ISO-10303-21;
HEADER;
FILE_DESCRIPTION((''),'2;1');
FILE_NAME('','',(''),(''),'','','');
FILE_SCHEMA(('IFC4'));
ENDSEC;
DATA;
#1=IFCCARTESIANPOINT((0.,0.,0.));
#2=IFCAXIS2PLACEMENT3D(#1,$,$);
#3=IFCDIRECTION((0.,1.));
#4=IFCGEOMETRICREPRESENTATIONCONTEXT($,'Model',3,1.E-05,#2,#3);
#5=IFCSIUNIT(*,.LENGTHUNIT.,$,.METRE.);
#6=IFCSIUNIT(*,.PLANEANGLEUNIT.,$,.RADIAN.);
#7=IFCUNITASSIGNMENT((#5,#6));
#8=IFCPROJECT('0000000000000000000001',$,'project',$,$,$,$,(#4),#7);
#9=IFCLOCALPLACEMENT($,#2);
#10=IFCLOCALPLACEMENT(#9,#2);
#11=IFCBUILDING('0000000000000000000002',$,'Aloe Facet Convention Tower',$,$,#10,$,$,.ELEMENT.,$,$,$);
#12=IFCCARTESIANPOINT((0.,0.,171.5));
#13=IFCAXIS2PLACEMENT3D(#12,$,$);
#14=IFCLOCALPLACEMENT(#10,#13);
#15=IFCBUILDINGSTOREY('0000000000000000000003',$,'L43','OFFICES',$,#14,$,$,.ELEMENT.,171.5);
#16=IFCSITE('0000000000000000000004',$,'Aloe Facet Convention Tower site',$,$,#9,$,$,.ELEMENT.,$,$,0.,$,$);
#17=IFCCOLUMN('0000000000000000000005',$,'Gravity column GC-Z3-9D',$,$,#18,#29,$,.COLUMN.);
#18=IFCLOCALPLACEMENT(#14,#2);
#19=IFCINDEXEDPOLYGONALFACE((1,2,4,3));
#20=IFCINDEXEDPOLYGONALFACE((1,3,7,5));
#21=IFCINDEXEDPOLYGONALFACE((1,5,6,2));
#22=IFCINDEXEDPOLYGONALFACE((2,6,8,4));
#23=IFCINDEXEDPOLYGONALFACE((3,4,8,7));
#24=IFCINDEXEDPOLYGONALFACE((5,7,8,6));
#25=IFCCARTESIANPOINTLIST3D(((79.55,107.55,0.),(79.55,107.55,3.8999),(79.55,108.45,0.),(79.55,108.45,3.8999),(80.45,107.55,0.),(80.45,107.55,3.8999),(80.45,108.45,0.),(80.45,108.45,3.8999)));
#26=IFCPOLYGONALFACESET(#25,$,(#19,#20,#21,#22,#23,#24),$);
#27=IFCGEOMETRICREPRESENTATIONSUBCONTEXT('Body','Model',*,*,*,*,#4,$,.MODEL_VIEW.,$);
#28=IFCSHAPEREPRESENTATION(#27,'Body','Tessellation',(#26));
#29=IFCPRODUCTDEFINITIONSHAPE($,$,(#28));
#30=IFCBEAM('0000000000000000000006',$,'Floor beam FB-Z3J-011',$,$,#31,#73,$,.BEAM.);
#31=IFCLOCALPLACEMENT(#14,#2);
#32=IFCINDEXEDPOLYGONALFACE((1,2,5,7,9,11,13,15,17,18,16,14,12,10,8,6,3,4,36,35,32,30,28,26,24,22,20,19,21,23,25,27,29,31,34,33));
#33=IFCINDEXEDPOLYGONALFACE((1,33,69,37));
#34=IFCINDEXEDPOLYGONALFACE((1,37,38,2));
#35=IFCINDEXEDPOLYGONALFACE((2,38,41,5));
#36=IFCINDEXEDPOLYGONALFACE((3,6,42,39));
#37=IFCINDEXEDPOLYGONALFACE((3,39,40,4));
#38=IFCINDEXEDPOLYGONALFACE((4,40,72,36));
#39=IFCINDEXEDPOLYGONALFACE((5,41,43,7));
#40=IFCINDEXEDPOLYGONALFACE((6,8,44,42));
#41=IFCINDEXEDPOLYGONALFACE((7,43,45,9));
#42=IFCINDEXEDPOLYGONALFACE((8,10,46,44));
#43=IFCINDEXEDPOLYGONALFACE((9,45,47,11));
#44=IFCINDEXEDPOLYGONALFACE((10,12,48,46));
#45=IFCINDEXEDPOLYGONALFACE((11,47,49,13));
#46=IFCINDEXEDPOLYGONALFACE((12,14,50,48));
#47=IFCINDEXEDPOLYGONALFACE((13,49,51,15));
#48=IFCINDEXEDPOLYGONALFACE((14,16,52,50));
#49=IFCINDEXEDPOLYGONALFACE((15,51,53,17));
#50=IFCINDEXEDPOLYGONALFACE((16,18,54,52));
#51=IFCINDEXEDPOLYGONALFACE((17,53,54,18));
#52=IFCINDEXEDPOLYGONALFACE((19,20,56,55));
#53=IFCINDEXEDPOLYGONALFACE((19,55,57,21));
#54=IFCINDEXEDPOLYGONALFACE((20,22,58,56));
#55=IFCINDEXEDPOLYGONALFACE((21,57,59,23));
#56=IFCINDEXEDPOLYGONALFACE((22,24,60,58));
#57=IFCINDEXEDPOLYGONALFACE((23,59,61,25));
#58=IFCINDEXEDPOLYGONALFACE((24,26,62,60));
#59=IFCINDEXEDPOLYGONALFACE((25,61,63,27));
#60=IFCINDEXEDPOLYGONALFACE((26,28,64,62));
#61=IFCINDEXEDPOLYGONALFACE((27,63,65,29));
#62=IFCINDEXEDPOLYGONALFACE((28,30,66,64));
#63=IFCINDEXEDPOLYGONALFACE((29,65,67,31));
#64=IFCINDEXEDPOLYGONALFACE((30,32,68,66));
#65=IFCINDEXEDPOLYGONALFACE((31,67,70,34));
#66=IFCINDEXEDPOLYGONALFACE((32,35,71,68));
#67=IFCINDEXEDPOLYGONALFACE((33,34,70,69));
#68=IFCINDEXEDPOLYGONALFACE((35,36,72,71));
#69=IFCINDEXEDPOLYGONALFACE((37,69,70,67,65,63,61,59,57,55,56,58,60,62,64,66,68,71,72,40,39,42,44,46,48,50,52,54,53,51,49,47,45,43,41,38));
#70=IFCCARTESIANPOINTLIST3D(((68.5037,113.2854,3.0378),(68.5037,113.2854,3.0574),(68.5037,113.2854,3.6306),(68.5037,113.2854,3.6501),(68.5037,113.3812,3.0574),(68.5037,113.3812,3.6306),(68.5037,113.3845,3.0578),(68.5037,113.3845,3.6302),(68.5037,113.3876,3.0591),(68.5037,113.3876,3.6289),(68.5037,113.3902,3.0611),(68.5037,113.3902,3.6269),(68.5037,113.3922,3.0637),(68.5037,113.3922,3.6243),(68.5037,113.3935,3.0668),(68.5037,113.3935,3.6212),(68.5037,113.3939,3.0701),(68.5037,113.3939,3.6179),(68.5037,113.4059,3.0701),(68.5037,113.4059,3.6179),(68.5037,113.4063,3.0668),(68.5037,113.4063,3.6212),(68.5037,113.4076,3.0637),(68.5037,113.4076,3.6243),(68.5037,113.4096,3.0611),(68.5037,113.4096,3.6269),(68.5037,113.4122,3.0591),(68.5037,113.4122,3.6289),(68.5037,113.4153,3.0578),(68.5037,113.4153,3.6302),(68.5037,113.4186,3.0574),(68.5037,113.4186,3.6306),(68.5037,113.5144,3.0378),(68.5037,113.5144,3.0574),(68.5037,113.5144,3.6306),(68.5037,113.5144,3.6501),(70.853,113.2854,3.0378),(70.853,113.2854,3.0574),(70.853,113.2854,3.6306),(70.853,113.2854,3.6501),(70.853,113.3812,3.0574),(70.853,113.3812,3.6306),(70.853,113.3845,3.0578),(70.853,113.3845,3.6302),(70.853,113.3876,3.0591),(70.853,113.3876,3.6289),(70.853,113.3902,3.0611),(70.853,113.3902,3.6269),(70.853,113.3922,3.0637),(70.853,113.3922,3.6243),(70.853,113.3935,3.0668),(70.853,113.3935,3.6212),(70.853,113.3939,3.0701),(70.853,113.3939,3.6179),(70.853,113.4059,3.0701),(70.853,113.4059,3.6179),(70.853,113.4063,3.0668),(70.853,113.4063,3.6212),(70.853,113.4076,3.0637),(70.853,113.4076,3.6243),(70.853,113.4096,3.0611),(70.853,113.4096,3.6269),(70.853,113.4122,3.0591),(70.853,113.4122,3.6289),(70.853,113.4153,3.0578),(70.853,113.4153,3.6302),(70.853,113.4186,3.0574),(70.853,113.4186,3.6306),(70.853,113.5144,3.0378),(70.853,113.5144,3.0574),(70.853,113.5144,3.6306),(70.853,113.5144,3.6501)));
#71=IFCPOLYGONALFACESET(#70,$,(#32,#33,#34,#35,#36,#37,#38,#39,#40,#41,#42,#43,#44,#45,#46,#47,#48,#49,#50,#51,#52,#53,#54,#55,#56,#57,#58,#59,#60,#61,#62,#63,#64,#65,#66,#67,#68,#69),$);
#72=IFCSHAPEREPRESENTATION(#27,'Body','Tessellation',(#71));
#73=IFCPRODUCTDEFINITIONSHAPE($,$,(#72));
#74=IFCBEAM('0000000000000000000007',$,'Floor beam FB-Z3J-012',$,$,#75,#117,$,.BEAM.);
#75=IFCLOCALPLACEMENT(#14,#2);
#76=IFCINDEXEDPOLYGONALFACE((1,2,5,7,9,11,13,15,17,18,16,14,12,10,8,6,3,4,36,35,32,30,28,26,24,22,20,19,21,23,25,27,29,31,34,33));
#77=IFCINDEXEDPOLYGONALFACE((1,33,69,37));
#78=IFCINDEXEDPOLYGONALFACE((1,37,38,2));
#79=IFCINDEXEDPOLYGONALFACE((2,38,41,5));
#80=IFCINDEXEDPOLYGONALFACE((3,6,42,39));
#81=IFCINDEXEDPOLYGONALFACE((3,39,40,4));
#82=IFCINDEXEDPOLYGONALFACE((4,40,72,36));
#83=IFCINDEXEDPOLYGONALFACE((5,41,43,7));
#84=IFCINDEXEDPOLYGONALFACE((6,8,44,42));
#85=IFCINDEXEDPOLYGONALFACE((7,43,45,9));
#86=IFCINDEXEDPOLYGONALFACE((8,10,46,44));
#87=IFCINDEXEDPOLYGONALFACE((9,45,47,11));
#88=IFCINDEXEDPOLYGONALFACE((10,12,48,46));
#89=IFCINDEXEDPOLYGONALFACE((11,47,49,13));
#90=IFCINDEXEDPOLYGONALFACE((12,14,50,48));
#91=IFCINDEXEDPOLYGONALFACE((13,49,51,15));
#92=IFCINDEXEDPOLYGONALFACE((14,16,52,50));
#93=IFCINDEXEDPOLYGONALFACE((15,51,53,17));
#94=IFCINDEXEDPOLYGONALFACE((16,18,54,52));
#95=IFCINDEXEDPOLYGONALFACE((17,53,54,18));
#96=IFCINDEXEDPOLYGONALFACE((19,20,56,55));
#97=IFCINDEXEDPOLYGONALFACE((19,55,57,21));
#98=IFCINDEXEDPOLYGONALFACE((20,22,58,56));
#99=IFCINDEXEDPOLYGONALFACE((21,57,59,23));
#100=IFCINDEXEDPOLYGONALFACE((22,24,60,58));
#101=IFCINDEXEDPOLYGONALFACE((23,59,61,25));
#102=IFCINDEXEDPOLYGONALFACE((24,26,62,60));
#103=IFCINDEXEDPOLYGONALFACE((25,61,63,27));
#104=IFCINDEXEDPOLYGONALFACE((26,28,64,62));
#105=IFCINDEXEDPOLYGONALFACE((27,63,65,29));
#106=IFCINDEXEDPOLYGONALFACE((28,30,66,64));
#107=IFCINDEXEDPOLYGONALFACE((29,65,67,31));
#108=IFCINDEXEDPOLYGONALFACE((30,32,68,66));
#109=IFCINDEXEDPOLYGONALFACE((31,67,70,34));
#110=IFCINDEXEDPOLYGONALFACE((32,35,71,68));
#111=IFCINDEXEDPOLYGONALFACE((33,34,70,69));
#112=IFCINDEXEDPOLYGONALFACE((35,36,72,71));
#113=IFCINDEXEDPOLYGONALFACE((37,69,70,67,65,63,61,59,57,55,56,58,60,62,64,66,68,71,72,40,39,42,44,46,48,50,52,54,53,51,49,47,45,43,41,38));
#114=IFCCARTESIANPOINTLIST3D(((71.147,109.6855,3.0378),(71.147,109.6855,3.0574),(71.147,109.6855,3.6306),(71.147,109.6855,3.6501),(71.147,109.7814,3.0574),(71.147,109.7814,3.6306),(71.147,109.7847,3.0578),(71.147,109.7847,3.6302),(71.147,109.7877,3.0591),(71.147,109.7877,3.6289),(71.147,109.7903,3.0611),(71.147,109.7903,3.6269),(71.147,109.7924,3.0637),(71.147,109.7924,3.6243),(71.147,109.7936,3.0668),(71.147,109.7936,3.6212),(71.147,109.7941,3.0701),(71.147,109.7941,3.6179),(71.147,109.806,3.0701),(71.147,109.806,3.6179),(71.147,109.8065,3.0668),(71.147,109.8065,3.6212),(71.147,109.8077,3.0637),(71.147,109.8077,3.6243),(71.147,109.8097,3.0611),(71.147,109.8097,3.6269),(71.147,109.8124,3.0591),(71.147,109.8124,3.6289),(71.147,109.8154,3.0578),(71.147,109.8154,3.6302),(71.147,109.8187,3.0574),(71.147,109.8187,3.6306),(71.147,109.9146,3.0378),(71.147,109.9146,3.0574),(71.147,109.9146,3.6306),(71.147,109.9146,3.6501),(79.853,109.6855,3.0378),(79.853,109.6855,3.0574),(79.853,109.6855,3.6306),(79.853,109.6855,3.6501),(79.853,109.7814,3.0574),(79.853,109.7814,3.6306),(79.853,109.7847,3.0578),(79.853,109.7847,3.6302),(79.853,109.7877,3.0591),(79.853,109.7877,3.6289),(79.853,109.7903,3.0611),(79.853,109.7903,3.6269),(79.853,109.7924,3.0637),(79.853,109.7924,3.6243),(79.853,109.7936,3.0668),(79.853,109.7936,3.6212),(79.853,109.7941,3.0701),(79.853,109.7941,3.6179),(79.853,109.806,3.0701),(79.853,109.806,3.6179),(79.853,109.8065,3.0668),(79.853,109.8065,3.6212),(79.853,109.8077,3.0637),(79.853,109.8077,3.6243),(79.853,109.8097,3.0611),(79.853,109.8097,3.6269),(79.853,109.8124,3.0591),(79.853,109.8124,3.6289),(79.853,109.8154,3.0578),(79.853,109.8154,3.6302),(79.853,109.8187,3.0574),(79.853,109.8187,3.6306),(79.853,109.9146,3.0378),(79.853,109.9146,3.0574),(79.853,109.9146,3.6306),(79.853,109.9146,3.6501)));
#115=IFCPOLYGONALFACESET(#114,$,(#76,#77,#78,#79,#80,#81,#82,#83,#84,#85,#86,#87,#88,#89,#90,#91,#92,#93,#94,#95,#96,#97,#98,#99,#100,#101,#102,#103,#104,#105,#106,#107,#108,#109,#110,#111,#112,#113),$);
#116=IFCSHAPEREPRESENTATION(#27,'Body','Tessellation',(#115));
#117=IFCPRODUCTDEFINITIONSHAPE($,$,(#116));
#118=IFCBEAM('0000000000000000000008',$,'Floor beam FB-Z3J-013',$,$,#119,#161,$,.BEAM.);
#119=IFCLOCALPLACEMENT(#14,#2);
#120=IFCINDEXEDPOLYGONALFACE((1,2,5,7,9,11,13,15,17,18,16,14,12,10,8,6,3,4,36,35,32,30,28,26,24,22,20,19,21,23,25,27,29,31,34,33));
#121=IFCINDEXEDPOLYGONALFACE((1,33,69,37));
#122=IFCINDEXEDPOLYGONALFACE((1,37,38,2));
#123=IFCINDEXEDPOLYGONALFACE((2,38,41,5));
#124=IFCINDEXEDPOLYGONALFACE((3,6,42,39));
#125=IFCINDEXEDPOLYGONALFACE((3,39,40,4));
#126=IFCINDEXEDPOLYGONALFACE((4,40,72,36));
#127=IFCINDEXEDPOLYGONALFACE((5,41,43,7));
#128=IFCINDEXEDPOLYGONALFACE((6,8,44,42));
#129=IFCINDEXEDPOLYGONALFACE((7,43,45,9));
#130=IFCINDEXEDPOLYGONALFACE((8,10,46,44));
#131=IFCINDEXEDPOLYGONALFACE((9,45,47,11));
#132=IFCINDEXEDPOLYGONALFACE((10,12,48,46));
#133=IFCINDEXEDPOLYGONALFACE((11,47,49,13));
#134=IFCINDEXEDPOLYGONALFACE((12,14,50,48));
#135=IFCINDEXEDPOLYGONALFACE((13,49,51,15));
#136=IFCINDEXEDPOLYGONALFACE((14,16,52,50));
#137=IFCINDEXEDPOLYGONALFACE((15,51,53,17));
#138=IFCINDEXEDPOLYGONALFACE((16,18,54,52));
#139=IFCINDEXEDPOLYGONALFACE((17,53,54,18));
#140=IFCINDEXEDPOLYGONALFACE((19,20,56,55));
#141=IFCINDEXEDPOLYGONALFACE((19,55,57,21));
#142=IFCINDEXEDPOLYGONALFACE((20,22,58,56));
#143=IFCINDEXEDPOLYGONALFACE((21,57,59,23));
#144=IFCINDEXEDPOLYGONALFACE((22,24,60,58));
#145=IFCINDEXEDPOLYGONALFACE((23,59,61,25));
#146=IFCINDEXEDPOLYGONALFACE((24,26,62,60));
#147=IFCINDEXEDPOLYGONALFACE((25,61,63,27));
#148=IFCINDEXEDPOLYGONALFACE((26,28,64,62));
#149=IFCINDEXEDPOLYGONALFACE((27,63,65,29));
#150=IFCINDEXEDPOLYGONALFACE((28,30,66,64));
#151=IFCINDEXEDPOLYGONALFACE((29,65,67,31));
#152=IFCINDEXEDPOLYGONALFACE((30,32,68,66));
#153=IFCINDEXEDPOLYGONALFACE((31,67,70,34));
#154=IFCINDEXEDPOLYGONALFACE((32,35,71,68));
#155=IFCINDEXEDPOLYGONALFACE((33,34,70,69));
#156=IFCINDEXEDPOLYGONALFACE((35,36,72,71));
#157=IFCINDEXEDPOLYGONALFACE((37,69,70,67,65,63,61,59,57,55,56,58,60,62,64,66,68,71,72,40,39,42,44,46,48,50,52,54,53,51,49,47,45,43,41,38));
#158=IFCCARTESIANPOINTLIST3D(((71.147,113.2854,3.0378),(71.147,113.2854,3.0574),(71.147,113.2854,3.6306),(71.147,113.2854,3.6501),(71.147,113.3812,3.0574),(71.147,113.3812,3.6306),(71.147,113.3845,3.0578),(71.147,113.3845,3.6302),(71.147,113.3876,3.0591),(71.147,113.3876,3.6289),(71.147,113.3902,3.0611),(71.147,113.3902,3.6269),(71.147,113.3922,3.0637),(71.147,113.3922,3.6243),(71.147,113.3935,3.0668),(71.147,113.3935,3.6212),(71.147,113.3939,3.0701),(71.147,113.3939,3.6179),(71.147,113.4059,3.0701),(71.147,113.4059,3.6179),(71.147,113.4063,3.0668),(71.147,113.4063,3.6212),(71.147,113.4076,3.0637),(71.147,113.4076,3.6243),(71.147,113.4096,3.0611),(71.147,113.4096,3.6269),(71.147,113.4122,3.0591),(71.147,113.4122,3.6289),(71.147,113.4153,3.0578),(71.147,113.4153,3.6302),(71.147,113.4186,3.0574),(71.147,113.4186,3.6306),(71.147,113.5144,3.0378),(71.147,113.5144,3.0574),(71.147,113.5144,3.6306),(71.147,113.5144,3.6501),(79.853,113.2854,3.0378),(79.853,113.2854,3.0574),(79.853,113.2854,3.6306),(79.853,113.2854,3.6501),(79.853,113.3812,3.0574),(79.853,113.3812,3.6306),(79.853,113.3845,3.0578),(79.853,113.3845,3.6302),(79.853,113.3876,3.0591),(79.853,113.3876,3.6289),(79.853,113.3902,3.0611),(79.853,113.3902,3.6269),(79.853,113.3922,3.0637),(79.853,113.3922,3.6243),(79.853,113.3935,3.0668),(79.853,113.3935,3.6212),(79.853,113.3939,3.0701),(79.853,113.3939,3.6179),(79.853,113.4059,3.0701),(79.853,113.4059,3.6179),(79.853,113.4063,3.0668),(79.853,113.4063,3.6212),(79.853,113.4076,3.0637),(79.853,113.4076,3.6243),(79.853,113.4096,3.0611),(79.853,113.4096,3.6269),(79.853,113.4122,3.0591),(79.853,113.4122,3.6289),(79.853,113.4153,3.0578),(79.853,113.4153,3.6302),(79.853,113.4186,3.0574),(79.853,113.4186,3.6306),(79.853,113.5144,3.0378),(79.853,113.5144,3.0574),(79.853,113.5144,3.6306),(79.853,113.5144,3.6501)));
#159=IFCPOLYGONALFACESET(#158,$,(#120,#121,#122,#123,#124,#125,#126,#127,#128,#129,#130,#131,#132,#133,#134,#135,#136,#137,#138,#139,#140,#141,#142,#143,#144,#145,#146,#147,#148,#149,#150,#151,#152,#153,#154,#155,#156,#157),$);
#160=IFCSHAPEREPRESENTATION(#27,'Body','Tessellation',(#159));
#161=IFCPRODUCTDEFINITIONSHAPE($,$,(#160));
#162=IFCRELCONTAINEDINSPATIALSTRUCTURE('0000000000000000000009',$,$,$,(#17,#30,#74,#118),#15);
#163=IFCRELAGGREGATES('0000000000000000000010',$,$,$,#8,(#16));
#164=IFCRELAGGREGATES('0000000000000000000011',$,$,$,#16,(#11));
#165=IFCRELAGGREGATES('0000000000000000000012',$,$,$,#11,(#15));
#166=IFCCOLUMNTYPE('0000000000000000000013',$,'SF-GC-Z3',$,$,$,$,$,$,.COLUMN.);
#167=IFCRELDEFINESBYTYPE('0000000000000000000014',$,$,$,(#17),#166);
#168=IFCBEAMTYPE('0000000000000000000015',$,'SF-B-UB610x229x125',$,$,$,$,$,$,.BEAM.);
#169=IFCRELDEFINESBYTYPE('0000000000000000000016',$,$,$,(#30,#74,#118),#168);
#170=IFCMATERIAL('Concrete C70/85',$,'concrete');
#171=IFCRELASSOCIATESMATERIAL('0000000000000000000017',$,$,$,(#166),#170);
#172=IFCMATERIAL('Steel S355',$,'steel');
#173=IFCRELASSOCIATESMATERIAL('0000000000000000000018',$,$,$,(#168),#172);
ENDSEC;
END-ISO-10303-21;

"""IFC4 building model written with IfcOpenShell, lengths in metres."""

from ifc_helpers import new_model, si_unit, direction, frame, origin, origin_2d, place, context, subcontext, project, spatial, rectangle, i_section, extrude, material, material_profile, profile_set, type_object, element, save


model = new_model("IFC4")

# Units and contexts
model_context = context("Model", 3, precision=1e-05, world=origin(), true_north=direction((0.0, 1.0)))
body_context = subcontext(model_context, "Body", "Model", "MODEL_VIEW")
ifc_project = project(units=[si_unit("LENGTHUNIT", "METRE"), si_unit("PLANEANGLEUNIT", "RADIAN")], contexts=[model_context])

# Site, building, storey
site_placement = place(None, origin())
site = spatial("IfcSite", under=ifc_project, at=site_placement, Name="Aloe Facet Convention Tower site", CompositionType="ELEMENT", RefElevation=0.0)
building_placement = place(site_placement, origin())
building = spatial("IfcBuilding", under=site, at=building_placement, Name="Aloe Facet Convention Tower", CompositionType="ELEMENT")
storey_placement = place(building_placement, frame((0.0, 0.0, 171.5)))
storey = spatial("IfcBuildingStorey", under=building, at=storey_placement, Name="L43", Description="OFFICES", CompositionType="ELEMENT", Elevation=171.5)

# Column
ifc_material_1 = material(Name="Concrete C70/85", Category="concrete")
ifc_material_profile_1 = material_profile(ifc_material_1, rectangle(XDim=0.8999, YDim=0.8999, at=origin_2d()), Name="SF-GC-Z3")
ifc_profile_set_1 = profile_set([ifc_material_profile_1], Name="Concrete C70/85")
column_type = type_object("IfcColumnType", Name="SF-GC-Z3", PredefinedType="COLUMN", material=ifc_profile_set_1)
column_placement = place(storey_placement, frame((80.0, 108.0, 0.0), z_axis=(0.0, 0.0, 1.0), x_axis=(1.0, 0.0, 0.0)))
element("IfcColumn", 1, at=column_placement, inside=storey, type_object=column_type, Name="Gravity column GC-Z3-9D", PredefinedType="COLUMN", context=body_context, shape_type="SweptSolid", body=[
    extrude(rectangle(XDim=0.8999, YDim=0.8999, at=origin_2d()), origin(), (0.0, 0.0, 1.0), 3.8999),
])

# Beams
ifc_material_2 = material(Name="Steel S355", Category="steel")
ifc_material_profile_2 = material_profile(ifc_material_2, i_section(OverallWidth=0.229, OverallDepth=0.6123, WebThickness=0.012, FlangeThickness=0.0195, FilletRadius=0.0127, at=origin_2d()), Name="UB 610x229x125")
ifc_profile_set_2 = profile_set([ifc_material_profile_2], Name="Steel S355")
beam_type_1 = type_object("IfcBeamType", Name="SF-B-UB610x229x125", PredefinedType="BEAM", material=ifc_profile_set_2)
beam_1_placement = place(storey_placement, frame((68.5037, 113.3999, 3.344), z_axis=(1.0, 0.0, 0.0), x_axis=(0.0, 1.0, 0.0)))
element("IfcBeam", 2, at=beam_1_placement, inside=storey, type_object=beam_type_1, Name="Floor beam FB-Z3J-011", PredefinedType="BEAM", context=body_context, shape_type="SweptSolid", body=[
    extrude(i_section(OverallWidth=0.229, OverallDepth=0.6123, WebThickness=0.012, FlangeThickness=0.0195, FilletRadius=0.0127, at=origin_2d()), origin(), (0.0, 0.0, 1.0), 2.3494),
])
for number, where, z_axis, x_axis, name in (
    (3, (71.147, 109.8, 3.344), (1.0, 0.0, 0.0), (0.0, 1.0, 0.0), "Floor beam FB-Z3J-012"),
    (4, (71.147, 113.3999, 3.344), (1.0, 0.0, 0.0), (0.0, 1.0, 0.0), "Floor beam FB-Z3J-013"),
):
    element("IfcBeam", number, at=place(storey_placement, frame(where, z_axis=z_axis, x_axis=x_axis)), inside=storey, type_object=beam_type_1, Name=name, PredefinedType="BEAM", context=body_context, shape_type="SweptSolid", body=[
        extrude(i_section(OverallWidth=0.229, OverallDepth=0.6123, WebThickness=0.012, FlangeThickness=0.0195, FilletRadius=0.0127, at=origin_2d()), origin(), (0.0, 0.0, 1.0), 8.7061),
    ])

save(model, "model.ifc")
